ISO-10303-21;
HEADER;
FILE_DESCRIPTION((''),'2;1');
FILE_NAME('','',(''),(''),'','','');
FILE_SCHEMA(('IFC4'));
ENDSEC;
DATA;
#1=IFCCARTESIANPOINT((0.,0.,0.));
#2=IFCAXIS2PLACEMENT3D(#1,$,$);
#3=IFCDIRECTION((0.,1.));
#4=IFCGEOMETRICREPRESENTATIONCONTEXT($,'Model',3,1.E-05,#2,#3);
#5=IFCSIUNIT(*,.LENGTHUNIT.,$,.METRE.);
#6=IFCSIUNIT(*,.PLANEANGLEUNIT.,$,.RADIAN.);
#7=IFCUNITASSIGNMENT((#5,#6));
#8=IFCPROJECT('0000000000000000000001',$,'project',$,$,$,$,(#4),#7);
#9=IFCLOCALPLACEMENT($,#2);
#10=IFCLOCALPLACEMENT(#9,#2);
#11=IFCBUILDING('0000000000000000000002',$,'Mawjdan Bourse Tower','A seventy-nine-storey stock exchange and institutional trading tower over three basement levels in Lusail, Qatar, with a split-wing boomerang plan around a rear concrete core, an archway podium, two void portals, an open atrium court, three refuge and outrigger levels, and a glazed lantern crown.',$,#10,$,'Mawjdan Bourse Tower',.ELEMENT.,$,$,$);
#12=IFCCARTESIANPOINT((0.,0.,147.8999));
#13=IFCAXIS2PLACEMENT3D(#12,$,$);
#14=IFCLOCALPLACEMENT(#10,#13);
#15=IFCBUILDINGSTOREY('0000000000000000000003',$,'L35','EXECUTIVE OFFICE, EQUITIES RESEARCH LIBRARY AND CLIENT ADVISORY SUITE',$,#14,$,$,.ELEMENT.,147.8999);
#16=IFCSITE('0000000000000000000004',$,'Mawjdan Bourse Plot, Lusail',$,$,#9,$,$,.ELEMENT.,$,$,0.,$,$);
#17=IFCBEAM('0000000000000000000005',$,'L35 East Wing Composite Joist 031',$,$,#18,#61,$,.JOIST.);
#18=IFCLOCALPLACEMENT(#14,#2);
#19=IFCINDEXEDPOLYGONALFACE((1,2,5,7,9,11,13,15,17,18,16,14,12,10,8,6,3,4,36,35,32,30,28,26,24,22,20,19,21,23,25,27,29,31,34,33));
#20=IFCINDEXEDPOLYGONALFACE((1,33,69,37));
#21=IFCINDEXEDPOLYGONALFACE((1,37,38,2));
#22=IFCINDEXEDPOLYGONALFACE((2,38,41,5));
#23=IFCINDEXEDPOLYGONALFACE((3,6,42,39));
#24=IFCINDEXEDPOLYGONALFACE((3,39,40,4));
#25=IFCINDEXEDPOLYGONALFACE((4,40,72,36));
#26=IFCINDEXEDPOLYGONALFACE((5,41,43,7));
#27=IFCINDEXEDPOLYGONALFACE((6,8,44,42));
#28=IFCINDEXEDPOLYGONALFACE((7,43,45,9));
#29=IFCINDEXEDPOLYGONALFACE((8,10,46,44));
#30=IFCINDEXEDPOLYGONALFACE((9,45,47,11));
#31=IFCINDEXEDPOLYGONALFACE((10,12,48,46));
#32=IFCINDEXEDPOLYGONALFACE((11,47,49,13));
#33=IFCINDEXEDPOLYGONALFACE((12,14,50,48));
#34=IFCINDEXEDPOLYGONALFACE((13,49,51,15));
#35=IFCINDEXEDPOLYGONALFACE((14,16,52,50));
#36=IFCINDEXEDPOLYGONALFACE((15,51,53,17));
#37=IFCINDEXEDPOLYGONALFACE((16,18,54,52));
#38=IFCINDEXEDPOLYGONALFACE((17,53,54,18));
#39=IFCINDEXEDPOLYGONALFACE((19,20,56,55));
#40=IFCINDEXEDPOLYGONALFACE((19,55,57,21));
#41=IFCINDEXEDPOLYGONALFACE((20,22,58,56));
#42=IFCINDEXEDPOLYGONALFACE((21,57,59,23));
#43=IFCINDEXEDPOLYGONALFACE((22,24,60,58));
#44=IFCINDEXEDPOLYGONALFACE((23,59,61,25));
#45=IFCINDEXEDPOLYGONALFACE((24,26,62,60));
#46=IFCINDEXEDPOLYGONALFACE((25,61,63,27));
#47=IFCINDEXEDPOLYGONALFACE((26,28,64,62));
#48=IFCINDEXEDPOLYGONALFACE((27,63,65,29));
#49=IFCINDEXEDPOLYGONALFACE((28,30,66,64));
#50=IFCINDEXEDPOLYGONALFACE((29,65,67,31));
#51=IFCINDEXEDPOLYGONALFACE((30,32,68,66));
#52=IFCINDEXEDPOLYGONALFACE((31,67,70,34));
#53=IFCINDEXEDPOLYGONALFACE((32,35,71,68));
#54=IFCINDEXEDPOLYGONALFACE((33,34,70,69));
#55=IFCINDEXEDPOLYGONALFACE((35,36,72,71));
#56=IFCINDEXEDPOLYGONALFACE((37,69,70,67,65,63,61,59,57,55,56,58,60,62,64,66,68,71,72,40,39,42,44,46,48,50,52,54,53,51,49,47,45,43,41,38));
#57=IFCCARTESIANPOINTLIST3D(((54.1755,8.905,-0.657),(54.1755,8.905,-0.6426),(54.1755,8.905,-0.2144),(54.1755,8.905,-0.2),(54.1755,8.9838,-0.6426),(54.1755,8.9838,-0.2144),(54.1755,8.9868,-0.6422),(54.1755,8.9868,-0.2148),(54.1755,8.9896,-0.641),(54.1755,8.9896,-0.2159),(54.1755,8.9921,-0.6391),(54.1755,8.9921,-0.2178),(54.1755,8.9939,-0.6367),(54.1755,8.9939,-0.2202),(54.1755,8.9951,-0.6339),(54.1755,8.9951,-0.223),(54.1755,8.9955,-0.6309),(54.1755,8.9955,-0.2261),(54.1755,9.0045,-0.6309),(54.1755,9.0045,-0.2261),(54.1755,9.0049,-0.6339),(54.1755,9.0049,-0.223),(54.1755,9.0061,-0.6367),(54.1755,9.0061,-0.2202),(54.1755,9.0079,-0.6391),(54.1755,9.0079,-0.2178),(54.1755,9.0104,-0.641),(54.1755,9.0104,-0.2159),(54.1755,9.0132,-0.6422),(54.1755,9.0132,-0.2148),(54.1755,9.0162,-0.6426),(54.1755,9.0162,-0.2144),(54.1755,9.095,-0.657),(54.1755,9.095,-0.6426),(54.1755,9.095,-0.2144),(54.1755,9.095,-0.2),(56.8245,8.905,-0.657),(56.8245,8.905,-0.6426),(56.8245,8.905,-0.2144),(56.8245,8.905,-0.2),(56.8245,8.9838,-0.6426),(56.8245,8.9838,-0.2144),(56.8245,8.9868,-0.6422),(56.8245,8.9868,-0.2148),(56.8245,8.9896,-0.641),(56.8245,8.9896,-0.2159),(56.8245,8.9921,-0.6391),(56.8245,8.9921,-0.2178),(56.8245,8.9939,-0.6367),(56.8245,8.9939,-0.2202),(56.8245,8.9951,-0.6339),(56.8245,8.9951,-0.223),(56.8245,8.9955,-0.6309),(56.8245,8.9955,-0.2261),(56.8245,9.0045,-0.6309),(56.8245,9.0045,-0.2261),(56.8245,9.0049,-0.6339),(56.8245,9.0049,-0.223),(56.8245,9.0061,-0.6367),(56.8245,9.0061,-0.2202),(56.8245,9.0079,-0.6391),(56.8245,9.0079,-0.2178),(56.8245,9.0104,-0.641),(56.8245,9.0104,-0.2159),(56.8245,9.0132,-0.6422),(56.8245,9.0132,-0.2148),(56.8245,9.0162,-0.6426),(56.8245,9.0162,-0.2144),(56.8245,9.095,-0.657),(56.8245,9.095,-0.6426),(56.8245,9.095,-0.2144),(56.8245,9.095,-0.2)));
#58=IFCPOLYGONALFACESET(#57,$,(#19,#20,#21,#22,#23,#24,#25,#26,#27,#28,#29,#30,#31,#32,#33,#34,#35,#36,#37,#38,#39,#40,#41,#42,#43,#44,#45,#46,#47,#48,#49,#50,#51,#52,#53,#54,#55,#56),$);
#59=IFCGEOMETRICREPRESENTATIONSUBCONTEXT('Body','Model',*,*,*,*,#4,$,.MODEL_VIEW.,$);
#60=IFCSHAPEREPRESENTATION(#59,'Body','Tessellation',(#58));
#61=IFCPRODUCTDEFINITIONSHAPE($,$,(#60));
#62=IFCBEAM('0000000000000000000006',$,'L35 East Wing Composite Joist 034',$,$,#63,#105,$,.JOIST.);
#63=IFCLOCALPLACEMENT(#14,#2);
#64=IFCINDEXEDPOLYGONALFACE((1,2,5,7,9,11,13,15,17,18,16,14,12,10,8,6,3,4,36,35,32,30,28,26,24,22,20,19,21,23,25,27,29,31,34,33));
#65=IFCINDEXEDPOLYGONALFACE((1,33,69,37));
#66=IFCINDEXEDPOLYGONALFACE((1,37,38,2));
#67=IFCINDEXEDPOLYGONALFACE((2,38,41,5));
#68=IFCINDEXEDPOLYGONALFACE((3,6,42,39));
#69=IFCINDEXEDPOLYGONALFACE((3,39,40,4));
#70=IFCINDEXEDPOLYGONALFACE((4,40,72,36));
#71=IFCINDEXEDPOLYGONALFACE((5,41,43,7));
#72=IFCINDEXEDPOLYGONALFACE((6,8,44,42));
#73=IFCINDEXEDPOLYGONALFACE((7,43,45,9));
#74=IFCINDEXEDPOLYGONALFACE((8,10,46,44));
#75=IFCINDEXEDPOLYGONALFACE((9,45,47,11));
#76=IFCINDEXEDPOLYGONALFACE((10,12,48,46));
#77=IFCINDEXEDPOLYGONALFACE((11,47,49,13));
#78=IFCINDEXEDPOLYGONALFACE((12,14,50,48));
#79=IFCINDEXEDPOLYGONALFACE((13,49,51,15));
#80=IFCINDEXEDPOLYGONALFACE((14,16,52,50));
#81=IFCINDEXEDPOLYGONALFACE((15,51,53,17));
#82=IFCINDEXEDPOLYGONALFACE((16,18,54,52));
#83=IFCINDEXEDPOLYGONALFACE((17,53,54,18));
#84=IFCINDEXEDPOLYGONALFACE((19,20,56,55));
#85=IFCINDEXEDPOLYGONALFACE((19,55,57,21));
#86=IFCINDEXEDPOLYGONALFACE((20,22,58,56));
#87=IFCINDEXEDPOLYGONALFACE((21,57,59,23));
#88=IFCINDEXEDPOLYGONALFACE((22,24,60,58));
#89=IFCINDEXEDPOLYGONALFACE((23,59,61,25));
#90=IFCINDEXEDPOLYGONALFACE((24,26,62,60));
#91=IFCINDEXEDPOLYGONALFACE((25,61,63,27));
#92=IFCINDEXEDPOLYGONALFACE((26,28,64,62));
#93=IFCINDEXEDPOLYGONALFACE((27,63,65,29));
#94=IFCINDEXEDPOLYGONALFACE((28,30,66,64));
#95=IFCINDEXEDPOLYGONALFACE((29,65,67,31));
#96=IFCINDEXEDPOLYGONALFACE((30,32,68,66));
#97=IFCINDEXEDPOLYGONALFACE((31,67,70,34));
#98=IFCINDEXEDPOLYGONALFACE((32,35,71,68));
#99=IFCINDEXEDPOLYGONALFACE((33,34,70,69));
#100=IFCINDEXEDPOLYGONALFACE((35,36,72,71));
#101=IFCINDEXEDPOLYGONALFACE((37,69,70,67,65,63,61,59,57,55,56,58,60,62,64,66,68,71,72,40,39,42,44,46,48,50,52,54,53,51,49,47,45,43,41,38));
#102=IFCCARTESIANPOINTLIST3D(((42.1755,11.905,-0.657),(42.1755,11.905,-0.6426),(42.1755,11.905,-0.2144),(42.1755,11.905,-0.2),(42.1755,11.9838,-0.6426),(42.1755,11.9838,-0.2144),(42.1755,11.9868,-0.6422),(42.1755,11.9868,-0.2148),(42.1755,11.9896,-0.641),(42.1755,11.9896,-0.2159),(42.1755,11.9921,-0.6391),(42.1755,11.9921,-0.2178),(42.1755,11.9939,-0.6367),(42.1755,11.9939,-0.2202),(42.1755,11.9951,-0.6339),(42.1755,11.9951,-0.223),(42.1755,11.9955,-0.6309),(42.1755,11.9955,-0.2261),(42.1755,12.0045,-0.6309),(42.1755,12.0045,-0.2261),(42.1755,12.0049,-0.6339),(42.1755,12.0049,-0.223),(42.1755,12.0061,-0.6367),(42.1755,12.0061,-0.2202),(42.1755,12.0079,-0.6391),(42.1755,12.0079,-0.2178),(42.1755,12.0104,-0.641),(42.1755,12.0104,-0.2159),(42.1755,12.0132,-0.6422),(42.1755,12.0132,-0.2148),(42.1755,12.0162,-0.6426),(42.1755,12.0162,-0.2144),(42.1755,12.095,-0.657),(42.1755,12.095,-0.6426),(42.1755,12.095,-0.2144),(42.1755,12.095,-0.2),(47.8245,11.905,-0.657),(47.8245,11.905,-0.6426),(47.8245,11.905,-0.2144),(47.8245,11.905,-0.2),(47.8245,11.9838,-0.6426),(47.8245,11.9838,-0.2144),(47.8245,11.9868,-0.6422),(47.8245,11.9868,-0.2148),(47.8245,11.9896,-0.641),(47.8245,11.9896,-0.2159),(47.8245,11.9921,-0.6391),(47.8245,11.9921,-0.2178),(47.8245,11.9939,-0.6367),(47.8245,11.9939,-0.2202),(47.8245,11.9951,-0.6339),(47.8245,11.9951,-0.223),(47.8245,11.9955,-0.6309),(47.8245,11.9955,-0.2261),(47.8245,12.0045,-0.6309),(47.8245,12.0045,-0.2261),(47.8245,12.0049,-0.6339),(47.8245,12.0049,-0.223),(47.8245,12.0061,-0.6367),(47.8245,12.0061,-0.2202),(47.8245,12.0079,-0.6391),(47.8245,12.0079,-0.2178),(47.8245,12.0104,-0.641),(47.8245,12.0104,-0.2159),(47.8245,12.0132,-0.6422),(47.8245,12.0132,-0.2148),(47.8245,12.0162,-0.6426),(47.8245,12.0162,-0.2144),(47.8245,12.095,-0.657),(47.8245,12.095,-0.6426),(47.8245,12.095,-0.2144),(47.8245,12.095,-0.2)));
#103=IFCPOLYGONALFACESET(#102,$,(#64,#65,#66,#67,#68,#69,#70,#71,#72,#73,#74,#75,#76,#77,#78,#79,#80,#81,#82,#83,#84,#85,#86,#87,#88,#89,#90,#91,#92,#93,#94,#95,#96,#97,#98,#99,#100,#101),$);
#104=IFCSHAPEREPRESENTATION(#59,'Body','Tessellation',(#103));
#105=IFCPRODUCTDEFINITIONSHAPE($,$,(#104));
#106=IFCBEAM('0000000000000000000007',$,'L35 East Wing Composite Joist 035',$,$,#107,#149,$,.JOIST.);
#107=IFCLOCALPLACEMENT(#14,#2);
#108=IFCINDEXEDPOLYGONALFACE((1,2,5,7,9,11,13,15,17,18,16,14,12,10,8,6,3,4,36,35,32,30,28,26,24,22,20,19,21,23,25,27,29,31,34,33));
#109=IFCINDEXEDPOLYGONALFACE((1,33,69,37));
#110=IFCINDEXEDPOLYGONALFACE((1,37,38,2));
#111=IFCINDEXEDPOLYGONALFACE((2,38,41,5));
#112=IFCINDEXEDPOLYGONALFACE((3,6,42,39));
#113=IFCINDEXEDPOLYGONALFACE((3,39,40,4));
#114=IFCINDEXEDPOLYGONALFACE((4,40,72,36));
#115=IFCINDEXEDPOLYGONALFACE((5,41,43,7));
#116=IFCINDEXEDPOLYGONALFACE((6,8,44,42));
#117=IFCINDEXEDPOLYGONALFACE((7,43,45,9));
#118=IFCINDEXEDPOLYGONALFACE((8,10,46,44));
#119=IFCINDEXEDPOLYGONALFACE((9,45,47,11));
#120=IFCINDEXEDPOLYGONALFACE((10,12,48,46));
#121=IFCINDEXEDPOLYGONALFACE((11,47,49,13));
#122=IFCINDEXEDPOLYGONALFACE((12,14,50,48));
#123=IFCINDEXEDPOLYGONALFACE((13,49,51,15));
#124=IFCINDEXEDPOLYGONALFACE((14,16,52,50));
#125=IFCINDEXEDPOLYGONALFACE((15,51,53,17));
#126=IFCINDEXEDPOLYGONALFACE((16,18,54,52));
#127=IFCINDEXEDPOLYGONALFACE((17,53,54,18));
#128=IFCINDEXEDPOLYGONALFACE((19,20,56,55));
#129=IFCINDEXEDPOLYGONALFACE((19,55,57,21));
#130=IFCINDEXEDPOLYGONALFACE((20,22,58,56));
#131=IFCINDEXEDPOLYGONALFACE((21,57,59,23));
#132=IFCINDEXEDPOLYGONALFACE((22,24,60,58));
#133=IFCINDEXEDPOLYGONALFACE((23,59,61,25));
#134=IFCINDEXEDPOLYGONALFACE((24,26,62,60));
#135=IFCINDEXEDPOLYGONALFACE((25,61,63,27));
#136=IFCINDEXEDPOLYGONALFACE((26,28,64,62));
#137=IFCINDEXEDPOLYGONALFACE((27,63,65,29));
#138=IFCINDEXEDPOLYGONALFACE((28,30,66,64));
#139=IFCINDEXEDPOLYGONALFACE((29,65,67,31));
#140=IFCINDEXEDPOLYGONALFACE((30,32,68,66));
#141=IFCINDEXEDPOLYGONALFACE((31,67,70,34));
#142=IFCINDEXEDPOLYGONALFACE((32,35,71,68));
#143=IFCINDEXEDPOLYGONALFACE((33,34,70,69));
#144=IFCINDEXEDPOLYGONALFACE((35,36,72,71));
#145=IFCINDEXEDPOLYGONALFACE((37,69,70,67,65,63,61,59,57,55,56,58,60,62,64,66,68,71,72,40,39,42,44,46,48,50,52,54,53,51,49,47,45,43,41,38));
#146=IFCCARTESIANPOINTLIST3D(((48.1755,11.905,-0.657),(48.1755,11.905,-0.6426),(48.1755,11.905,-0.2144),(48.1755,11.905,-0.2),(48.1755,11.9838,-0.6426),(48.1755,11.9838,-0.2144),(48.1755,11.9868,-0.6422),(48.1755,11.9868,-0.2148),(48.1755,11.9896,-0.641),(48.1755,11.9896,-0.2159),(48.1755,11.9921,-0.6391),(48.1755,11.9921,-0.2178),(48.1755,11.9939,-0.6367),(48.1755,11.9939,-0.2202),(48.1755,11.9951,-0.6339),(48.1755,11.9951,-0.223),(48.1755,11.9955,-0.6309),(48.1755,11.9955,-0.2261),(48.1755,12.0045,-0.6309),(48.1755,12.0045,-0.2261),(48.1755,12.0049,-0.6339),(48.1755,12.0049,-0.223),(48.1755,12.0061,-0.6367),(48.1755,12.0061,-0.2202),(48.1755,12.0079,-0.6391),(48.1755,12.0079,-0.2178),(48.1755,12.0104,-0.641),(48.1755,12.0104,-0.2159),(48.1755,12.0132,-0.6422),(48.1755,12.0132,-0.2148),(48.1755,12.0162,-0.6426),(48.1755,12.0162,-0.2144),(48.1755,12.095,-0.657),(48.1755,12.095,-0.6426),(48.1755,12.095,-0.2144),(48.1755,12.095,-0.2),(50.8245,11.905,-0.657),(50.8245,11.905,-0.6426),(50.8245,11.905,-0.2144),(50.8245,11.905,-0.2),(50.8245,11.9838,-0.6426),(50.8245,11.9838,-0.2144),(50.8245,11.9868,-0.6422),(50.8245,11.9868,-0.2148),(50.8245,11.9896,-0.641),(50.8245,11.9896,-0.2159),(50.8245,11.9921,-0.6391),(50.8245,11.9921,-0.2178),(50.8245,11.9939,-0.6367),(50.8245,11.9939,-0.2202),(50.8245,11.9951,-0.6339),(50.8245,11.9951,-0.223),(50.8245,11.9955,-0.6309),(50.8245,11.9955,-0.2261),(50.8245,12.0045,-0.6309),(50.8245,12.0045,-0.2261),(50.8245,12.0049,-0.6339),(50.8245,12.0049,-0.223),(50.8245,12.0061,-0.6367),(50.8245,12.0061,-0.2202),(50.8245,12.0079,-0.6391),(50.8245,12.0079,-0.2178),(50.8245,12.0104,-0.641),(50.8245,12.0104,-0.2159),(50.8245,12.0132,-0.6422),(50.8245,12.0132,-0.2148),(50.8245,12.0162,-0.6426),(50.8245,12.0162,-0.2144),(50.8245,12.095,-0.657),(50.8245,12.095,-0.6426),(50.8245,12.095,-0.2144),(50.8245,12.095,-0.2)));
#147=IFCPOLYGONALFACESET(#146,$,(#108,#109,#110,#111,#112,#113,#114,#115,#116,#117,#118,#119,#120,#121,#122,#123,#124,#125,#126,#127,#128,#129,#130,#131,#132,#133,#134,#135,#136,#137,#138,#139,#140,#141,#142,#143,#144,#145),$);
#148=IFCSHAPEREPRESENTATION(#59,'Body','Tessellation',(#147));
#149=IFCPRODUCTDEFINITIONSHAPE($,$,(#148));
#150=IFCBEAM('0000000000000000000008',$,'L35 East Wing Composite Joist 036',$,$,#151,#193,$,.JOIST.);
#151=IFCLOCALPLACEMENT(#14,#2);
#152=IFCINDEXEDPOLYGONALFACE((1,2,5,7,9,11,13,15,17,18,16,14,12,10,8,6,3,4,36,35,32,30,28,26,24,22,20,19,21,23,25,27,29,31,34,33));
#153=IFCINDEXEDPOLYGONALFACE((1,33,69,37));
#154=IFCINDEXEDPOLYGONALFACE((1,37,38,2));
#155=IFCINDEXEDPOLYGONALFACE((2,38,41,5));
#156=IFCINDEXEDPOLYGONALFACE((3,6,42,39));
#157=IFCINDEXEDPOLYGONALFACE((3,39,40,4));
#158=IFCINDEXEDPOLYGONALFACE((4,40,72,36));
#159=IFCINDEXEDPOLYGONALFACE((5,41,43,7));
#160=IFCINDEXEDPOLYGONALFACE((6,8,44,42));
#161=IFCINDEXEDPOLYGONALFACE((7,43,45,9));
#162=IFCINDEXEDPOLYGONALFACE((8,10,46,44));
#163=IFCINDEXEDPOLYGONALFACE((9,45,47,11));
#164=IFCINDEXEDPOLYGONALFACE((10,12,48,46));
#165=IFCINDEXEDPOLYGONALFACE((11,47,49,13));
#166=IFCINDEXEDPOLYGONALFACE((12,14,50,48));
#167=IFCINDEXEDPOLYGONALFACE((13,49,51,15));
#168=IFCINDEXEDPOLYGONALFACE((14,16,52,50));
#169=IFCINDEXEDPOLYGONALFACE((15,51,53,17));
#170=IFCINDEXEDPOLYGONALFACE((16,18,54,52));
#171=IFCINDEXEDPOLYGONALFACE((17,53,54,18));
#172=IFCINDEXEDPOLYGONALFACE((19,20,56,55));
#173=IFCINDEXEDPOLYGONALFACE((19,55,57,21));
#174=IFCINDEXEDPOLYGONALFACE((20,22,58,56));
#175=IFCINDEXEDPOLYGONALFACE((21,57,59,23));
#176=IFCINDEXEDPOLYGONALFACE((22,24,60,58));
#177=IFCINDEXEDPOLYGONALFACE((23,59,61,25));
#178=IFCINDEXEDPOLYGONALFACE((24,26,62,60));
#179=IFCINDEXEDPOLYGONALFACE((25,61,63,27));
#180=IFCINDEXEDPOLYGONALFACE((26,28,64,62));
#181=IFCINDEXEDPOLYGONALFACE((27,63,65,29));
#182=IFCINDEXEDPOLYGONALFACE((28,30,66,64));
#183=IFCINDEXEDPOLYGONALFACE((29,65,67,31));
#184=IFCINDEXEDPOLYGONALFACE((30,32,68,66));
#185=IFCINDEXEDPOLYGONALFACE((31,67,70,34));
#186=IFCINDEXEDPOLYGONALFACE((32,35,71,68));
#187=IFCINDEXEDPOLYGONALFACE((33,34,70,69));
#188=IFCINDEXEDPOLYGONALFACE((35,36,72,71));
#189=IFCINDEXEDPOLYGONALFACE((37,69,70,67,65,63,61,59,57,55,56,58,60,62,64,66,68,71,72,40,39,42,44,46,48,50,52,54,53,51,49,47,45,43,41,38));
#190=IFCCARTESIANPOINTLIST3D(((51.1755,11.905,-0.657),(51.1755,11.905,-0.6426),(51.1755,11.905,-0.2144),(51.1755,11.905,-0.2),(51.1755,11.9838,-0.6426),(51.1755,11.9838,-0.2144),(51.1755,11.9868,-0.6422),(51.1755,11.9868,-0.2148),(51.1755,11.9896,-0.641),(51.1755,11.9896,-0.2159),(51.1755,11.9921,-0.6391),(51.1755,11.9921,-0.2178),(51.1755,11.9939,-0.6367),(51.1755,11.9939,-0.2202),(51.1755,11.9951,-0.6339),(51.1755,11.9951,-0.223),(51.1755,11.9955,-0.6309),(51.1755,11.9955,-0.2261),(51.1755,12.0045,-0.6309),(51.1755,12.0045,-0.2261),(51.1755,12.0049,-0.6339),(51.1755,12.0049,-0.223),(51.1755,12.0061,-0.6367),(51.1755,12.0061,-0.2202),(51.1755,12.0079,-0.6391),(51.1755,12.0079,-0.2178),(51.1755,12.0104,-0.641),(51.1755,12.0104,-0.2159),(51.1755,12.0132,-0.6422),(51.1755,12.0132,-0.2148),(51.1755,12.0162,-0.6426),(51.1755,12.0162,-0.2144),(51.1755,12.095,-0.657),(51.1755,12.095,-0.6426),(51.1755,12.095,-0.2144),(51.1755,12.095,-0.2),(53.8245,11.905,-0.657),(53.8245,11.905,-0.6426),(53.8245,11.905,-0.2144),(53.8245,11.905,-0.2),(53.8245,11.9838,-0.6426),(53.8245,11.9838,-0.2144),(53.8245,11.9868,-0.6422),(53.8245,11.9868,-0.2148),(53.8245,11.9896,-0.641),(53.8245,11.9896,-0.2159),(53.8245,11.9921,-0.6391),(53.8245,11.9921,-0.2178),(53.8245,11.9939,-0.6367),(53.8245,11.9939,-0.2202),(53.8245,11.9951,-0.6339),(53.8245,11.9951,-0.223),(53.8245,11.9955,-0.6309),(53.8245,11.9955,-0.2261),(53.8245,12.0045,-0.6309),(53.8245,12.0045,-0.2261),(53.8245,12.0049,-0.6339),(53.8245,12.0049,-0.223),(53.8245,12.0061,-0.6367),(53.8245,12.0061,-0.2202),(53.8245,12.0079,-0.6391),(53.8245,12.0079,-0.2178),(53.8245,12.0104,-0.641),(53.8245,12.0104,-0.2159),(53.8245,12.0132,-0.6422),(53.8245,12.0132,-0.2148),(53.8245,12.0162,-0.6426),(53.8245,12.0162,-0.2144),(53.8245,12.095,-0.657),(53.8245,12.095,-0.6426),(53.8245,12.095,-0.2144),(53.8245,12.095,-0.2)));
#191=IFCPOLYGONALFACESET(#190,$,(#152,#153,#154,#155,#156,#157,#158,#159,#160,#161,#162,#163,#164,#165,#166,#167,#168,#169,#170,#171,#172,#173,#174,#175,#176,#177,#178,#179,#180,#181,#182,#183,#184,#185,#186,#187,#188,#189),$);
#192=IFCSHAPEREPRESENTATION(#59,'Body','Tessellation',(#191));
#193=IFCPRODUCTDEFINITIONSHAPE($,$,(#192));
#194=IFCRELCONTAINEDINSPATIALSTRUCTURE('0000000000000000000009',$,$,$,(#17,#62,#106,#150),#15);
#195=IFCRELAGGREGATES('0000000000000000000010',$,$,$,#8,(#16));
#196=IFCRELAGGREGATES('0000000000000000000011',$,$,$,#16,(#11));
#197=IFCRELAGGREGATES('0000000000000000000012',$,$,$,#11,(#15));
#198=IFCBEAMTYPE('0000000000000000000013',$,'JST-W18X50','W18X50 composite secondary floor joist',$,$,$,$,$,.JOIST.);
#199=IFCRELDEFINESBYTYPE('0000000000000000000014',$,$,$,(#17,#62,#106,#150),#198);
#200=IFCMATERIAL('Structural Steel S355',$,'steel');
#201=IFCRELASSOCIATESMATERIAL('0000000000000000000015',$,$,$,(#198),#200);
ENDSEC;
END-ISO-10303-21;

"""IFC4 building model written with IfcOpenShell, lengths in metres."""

from ifc_helpers import new_model, si_unit, direction, frame, origin, origin_2d, place, context, subcontext, project, spatial, i_section, extrude, material, material_profile, profile_set, type_object, element, save


model = new_model("IFC4")

# Units and contexts
model_context = context("Model", 3, precision=1e-05, world=origin(), true_north=direction((0.0, 1.0)))
body_context = subcontext(model_context, "Body", "Model", "MODEL_VIEW")
ifc_project = project(units=[si_unit("LENGTHUNIT", "METRE"), si_unit("PLANEANGLEUNIT", "RADIAN")], contexts=[model_context])

# Site, building, storey
site_placement = place(None, origin())
site = spatial("IfcSite", under=ifc_project, at=site_placement, Name="Mawjdan Bourse Plot, Lusail", CompositionType="ELEMENT", RefElevation=0.0)
building_placement = place(site_placement, origin())
building = spatial("IfcBuilding", under=site, at=building_placement, Name="Mawjdan Bourse Tower", Description="A seventy-nine-storey stock exchange and institutional trading tower over three basement levels in Lusail, Qatar, with a split-wing boomerang plan around a rear concrete core, an archway podium, two void portals, an open atrium court, three refuge and outrigger levels, and a glazed lantern crown.", LongName="Mawjdan Bourse Tower", CompositionType="ELEMENT")
storey_placement = place(building_placement, frame((0.0, 0.0, 147.8999)))
storey = spatial("IfcBuildingStorey", under=building, at=storey_placement, Name="L35", Description="EXECUTIVE OFFICE, EQUITIES RESEARCH LIBRARY AND CLIENT ADVISORY SUITE", CompositionType="ELEMENT", Elevation=147.8999)

# Beams
ifc_material_1 = material(Name="Structural Steel S355", Category="steel")
ifc_material_profile_1 = material_profile(ifc_material_1, i_section(OverallWidth=0.1899, OverallDepth=0.457, WebThickness=0.009, FlangeThickness=0.0144, FilletRadius=0.0117, at=origin_2d()), Name="W18X50")
ifc_profile_set_1 = profile_set([ifc_material_profile_1], Name="Structural Steel S355")
beam_type_1 = type_object("IfcBeamType", Name="JST-W18X50", Description="W18X50 composite secondary floor joist", PredefinedType="JOIST", material=ifc_profile_set_1)
for number, where, z_axis, x_axis, name in (
    (1, (54.1755, 9.0, -0.4285), (1.0, 0.0, 0.0), (0.0, 1.0, 0.0), "L35 East Wing Composite Joist 031"),
):
    element("IfcBeam", number, at=place(storey_placement, frame(where, z_axis=z_axis, x_axis=x_axis)), inside=storey, type_object=beam_type_1, Name=name, PredefinedType="JOIST", context=body_context, shape_type="SweptSolid", body=[
        extrude(i_section(OverallWidth=0.1899, OverallDepth=0.457, WebThickness=0.009, FlangeThickness=0.0144, FilletRadius=0.0117, at=origin_2d()), origin(), (0.0, 0.0, 1.0), 2.6489),
    ])
beam_1_placement = place(storey_placement, frame((42.1755, 12.0, -0.4285), z_axis=(1.0, 0.0, 0.0), x_axis=(0.0, 1.0, 0.0)))
element("IfcBeam", 2, at=beam_1_placement, inside=storey, type_object=beam_type_1, Name="L35 East Wing Composite Joist 034", PredefinedType="JOIST", context=body_context, shape_type="SweptSolid", body=[
    extrude(i_section(OverallWidth=0.1899, OverallDepth=0.457, WebThickness=0.009, FlangeThickness=0.0144, FilletRadius=0.0117, at=origin_2d()), origin(), (0.0, 0.0, 1.0), 5.6489),
])
for number, where, z_axis, x_axis, name in (
    (3, (48.1755, 12.0, -0.4285), (1.0, 0.0, 0.0), (0.0, 1.0, 0.0), "L35 East Wing Composite Joist 035"),
    (4, (51.1755, 12.0, -0.4285), (1.0, 0.0, 0.0), (0.0, 1.0, 0.0), "L35 East Wing Composite Joist 036"),
):
    element("IfcBeam", number, at=place(storey_placement, frame(where, z_axis=z_axis, x_axis=x_axis)), inside=storey, type_object=beam_type_1, Name=name, PredefinedType="JOIST", context=body_context, shape_type="SweptSolid", body=[
        extrude(i_section(OverallWidth=0.1899, OverallDepth=0.457, WebThickness=0.009, FlangeThickness=0.0144, FilletRadius=0.0117, at=origin_2d()), origin(), (0.0, 0.0, 1.0), 2.6489),
    ])

save(model, "model.ifc")
